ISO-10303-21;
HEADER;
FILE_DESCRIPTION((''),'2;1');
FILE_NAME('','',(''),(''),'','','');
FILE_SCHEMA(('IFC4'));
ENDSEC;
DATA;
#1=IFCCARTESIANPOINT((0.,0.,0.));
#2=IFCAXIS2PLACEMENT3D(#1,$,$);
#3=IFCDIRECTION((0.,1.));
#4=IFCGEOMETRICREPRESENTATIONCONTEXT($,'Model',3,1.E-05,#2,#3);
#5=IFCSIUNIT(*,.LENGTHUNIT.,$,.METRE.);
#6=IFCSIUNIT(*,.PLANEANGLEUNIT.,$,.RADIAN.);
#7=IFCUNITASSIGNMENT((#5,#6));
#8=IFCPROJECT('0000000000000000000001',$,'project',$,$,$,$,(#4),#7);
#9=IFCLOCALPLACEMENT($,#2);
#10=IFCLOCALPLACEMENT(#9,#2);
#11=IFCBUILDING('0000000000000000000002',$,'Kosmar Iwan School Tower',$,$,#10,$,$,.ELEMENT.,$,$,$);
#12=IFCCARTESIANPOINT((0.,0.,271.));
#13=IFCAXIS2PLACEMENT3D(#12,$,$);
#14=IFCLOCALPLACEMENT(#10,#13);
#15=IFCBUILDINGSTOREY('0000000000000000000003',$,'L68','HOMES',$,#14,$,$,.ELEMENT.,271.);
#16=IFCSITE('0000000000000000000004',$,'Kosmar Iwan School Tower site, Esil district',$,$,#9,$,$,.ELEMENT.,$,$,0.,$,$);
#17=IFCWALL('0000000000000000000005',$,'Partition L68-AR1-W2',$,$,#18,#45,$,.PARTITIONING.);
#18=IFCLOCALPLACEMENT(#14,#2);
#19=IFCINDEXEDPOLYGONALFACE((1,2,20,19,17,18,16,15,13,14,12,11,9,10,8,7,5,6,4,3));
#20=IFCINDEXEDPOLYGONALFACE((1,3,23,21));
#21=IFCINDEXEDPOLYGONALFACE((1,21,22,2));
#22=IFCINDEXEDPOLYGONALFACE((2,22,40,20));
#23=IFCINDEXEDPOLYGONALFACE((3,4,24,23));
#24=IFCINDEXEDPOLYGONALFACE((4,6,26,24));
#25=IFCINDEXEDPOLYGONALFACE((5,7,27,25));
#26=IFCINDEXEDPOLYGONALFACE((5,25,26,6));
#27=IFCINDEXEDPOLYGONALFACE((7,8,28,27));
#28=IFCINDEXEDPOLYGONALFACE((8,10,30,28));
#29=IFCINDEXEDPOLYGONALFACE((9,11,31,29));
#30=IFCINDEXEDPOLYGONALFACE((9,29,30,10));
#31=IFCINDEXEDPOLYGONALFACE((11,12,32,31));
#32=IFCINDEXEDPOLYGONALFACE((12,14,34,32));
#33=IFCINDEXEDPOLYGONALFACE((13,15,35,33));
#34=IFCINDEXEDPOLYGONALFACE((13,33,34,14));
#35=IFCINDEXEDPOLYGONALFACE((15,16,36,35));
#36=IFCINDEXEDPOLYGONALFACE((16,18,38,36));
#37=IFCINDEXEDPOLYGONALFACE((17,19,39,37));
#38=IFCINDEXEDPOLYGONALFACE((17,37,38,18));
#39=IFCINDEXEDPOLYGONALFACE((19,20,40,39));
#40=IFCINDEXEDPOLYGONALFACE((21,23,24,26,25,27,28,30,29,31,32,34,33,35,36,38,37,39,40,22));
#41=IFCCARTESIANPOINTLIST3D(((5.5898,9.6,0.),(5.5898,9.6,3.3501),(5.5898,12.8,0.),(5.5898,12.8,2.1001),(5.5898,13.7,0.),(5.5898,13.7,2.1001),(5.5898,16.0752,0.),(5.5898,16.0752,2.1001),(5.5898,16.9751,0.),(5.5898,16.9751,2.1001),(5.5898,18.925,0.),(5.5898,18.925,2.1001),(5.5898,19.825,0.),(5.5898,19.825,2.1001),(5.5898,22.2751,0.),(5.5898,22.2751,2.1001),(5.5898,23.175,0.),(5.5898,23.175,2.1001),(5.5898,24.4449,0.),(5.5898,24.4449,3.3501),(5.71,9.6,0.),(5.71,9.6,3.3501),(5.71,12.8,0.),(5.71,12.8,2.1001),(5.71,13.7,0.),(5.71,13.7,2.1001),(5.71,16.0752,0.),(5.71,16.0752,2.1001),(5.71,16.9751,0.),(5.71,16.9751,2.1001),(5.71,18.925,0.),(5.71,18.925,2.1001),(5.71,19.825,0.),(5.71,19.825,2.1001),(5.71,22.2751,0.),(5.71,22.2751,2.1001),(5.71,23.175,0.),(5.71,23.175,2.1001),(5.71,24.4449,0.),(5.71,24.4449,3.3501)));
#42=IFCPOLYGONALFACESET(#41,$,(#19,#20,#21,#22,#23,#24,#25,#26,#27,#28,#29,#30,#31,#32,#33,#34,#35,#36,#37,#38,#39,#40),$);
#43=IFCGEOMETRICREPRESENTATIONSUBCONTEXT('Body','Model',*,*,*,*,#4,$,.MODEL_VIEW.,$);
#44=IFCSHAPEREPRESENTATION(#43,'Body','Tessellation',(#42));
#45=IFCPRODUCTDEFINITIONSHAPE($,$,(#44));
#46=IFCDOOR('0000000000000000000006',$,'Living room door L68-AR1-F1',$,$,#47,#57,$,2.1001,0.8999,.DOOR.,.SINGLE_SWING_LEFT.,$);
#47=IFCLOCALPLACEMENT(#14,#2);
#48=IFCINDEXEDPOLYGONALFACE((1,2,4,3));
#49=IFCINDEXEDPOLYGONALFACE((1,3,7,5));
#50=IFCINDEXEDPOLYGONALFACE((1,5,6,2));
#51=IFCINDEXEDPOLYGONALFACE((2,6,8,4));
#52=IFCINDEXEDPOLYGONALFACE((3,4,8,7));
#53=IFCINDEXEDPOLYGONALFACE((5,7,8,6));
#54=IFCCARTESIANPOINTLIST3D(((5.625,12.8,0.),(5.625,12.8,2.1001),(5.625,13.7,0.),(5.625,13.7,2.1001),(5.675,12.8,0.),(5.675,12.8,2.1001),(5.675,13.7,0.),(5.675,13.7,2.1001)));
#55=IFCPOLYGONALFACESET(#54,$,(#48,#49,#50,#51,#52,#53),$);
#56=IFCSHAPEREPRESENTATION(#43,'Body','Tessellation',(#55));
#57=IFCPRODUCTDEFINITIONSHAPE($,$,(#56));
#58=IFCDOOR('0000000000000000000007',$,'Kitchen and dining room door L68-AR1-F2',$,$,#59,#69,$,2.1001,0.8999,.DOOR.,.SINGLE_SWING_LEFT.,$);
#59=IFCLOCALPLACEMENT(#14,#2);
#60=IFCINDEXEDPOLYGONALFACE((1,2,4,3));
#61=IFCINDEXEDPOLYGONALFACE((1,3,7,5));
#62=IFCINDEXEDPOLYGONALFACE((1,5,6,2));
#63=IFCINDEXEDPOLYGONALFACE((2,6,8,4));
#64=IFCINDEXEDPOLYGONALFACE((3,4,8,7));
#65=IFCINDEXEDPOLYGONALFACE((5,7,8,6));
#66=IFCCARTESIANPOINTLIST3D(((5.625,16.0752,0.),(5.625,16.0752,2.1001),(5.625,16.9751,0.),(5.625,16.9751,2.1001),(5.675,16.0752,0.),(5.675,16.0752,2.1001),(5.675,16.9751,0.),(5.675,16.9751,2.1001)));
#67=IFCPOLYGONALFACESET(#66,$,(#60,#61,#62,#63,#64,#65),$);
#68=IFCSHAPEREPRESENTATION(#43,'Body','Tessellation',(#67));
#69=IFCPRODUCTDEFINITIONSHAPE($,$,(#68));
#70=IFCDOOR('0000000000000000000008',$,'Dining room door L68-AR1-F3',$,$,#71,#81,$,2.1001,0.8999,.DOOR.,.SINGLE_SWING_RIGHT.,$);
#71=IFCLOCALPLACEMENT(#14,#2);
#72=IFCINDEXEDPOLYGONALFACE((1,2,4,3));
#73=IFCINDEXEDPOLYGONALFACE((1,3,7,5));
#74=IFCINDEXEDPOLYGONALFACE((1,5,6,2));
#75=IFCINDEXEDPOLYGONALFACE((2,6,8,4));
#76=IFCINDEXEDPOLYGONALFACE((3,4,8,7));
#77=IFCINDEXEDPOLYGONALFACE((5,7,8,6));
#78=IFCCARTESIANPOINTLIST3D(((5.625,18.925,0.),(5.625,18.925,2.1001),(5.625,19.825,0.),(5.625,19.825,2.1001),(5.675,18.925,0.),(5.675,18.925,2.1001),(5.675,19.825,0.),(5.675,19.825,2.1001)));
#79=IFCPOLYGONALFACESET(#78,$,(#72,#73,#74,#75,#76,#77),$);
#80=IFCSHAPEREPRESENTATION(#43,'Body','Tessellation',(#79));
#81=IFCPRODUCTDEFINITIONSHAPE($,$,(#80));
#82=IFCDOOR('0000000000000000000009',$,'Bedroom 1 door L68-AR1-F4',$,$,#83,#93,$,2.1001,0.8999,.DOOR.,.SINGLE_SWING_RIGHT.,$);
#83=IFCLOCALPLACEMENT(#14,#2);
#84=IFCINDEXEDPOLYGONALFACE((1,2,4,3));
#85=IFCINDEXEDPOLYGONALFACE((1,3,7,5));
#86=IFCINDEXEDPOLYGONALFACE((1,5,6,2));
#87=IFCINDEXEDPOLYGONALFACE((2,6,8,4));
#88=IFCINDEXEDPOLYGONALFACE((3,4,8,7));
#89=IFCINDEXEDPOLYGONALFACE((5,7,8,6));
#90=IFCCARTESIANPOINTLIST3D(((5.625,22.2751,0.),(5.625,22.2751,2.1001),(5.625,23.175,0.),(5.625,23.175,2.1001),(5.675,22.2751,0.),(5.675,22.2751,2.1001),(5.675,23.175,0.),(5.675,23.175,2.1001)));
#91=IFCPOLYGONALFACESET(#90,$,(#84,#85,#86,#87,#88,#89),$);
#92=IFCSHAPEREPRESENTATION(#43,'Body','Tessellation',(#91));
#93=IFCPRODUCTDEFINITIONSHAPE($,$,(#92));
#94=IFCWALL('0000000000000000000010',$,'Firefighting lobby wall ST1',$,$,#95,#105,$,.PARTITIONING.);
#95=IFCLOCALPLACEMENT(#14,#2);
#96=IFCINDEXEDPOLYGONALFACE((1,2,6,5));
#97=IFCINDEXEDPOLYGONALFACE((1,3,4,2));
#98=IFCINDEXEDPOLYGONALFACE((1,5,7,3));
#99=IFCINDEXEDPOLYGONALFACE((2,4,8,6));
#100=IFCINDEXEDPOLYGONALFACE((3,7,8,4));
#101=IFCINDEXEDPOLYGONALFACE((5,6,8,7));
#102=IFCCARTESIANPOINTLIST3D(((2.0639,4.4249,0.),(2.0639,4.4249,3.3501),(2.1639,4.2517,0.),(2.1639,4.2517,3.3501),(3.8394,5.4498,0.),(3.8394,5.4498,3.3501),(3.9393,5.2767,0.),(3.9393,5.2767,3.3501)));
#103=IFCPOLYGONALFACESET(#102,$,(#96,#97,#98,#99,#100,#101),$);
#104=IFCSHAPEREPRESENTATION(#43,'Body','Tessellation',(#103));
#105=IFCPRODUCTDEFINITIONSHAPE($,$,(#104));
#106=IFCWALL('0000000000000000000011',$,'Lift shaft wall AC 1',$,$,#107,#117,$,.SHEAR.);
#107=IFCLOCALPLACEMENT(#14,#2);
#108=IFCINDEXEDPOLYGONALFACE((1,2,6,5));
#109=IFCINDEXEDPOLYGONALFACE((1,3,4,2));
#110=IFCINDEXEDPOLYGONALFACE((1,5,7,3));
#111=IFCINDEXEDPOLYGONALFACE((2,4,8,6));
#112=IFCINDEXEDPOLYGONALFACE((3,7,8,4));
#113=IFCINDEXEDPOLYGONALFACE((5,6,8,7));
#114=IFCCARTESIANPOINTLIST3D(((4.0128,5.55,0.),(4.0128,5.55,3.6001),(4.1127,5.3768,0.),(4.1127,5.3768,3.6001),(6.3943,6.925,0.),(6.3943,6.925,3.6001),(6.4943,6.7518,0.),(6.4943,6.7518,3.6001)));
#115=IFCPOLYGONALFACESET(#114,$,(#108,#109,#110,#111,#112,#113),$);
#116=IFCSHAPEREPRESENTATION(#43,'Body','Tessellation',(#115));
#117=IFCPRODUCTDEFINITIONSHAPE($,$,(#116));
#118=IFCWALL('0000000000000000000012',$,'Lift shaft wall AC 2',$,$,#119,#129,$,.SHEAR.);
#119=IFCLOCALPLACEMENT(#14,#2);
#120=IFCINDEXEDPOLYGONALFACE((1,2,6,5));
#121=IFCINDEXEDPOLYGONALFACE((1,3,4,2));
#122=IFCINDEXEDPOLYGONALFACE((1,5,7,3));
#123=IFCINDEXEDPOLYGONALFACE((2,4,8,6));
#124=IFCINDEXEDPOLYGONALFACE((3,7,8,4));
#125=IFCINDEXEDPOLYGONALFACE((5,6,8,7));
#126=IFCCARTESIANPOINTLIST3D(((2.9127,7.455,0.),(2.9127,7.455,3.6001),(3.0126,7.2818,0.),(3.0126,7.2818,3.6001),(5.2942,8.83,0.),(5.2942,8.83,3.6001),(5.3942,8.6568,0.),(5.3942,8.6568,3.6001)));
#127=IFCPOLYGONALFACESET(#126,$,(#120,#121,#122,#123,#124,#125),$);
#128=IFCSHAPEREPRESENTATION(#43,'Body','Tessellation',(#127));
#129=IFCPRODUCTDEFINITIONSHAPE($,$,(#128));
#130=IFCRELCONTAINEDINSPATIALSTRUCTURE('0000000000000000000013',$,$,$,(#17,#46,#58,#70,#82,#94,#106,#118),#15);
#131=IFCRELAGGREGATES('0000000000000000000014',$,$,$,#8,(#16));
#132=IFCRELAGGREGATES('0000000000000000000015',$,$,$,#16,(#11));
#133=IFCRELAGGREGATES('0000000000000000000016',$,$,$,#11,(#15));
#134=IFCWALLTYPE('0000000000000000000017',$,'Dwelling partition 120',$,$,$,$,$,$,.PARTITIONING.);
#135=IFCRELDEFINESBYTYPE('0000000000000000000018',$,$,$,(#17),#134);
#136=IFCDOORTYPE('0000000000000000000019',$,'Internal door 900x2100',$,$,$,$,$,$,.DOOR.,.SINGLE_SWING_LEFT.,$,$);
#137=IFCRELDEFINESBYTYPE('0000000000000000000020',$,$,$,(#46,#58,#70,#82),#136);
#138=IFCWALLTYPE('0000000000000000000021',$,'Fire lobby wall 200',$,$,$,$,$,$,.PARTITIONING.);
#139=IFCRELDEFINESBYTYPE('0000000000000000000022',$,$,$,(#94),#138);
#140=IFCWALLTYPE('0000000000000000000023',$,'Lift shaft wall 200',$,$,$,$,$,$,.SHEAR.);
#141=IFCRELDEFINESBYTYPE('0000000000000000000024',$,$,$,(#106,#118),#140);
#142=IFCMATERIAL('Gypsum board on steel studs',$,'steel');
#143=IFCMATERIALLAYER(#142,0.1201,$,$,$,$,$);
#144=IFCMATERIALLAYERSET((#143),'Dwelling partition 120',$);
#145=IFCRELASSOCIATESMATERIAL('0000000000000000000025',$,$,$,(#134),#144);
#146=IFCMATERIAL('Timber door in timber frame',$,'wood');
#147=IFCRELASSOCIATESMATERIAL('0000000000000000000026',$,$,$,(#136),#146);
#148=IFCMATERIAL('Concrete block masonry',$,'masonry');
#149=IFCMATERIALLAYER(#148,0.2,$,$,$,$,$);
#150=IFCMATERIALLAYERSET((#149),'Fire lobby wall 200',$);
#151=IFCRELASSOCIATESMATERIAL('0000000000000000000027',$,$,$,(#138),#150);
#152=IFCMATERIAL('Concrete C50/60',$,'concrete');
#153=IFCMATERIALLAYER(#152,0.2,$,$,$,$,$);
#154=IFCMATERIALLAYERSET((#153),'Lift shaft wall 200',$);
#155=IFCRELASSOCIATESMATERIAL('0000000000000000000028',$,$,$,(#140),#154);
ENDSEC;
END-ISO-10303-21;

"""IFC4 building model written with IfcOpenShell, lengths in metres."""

from ifc_helpers import new_model, si_unit, direction, frame, frame_2d, origin, place, context, subcontext, project, spatial, rectangle, extrude, material, layer, layer_set, type_object, element, fill, save


model = new_model("IFC4")

# Units and contexts
model_context = context("Model", 3, precision=1e-05, world=origin(), true_north=direction((0.0, 1.0)))
body_context = subcontext(model_context, "Body", "Model", "MODEL_VIEW")
ifc_project = project(units=[si_unit("LENGTHUNIT", "METRE"), si_unit("PLANEANGLEUNIT", "RADIAN")], contexts=[model_context])

# Site, building, storey
site_placement = place(None, origin())
site = spatial("IfcSite", under=ifc_project, at=site_placement, Name="Kosmar Iwan School Tower site, Esil district", CompositionType="ELEMENT", RefElevation=0.0)
building_placement = place(site_placement, origin())
building = spatial("IfcBuilding", under=site, at=building_placement, Name="Kosmar Iwan School Tower", CompositionType="ELEMENT")
storey_placement = place(building_placement, frame((0.0, 0.0, 271.0)))
storey = spatial("IfcBuildingStorey", under=building, at=storey_placement, Name="L68", Description="HOMES", CompositionType="ELEMENT", Elevation=271.0)

# Wall, openings, doors
ifc_material_1 = material(Name="Gypsum board on steel studs", Category="steel")
ifc_layer_1 = layer(ifc_material_1, 0.1201)
ifc_layer_set_1 = layer_set([ifc_layer_1], Name="Dwelling partition 120")
wall_type_1 = type_object("IfcWallType", Name="Dwelling partition 120", PredefinedType="PARTITIONING", material=ifc_layer_set_1)
ifc_material_2 = material(Name="Timber door in timber frame", Category="wood")
door_type_1 = type_object("IfcDoorType", Name="Internal door 900x2100", OperationType="SINGLE_SWING_LEFT", PredefinedType="DOOR", material=ifc_material_2)
wall_1_placement = place(storey_placement, frame((5.6499, 9.6001, 0.0), z_axis=(0.0, 0.0, 1.0), x_axis=(0.0, 1.0, 0.0)))
wall_1 = element("IfcWall", 1, at=wall_1_placement, inside=storey, type_object=wall_type_1, Name="Partition L68-AR1-W2", PredefinedType="PARTITIONING", context=body_context, shape_type="SweptSolid", body=[
    extrude(rectangle(XDim=14.845, YDim=0.1201, at=frame_2d((7.4224, 0.0))), origin(), (0.0, 0.0, 1.0), 3.3501),
])
opening_1_placement = place(wall_1_placement, frame((3.2, 0.0, 0.0)))
opening_1 = element("IfcOpeningElement", 2, at=opening_1_placement, cuts=wall_1, PredefinedType="OPENING", context=body_context, shape_type="SweptSolid", body=[
    extrude(rectangle(XDim=0.8999, YDim=2.1001, at=frame_2d((0.45, 1.05))), frame((0.0, 0.072, 0.0), z_axis=(0.0, -1.0, 0.0), x_axis=(1.0, 0.0, 0.0)), (0.0, 0.0, 1.0), 0.144),
])
opening_2_placement = place(wall_1_placement, frame((6.4751, 0.0, 0.0)))
opening_2 = element("IfcOpeningElement", 3, at=opening_2_placement, cuts=wall_1, PredefinedType="OPENING", context=body_context, shape_type="SweptSolid", body=[
    extrude(rectangle(XDim=0.8999, YDim=2.1001, at=frame_2d((0.45, 1.05))), frame((0.0, 0.072, 0.0), z_axis=(0.0, -1.0, 0.0), x_axis=(1.0, 0.0, 0.0)), (0.0, 0.0, 1.0), 0.144),
])
opening_3_placement = place(wall_1_placement, frame((9.325, 0.0, 0.0)))
opening_3 = element("IfcOpeningElement", 4, at=opening_3_placement, cuts=wall_1, PredefinedType="OPENING", context=body_context, shape_type="SweptSolid", body=[
    extrude(rectangle(XDim=0.8999, YDim=2.1001, at=frame_2d((0.45, 1.05))), frame((0.0, 0.072, 0.0), z_axis=(0.0, -1.0, 0.0), x_axis=(1.0, 0.0, 0.0)), (0.0, 0.0, 1.0), 0.144),
])
opening_4_placement = place(wall_1_placement, frame((12.675, 0.0, 0.0)))
opening_4 = element("IfcOpeningElement", 5, at=opening_4_placement, cuts=wall_1, PredefinedType="OPENING", context=body_context, shape_type="SweptSolid", body=[
    extrude(rectangle(XDim=0.8999, YDim=2.1001, at=frame_2d((0.45, 1.05))), frame((0.0, 0.072, 0.0), z_axis=(0.0, -1.0, 0.0), x_axis=(1.0, 0.0, 0.0)), (0.0, 0.0, 1.0), 0.144),
])
door_1_placement = place(opening_1_placement, origin())
door_1 = element("IfcDoor", 6, at=door_1_placement, inside=storey, type_object=door_type_1, Name="Living room door L68-AR1-F1", OperationType="SINGLE_SWING_LEFT", OverallHeight=2.1001, OverallWidth=0.8999, PredefinedType="DOOR", context=body_context, shape_type="SweptSolid", body=[
    extrude(rectangle(XDim=0.8999, YDim=2.1001, at=frame_2d((0.45, 1.05))), frame((0.0, 0.0249, 0.0), z_axis=(0.0, -1.0, 0.0), x_axis=(1.0, 0.0, 0.0)), (0.0, 0.0, 1.0), 0.05),
])
fill(opening_1, door_1)
door_2_placement = place(opening_2_placement, origin())
door_2 = element("IfcDoor", 7, at=door_2_placement, inside=storey, type_object=door_type_1, Name="Kitchen and dining room door L68-AR1-F2", OperationType="SINGLE_SWING_LEFT", OverallHeight=2.1001, OverallWidth=0.8999, PredefinedType="DOOR", context=body_context, shape_type="SweptSolid", body=[
    extrude(rectangle(XDim=0.8999, YDim=2.1001, at=frame_2d((0.45, 1.05))), frame((0.0, 0.0249, 0.0), z_axis=(0.0, -1.0, 0.0), x_axis=(1.0, 0.0, 0.0)), (0.0, 0.0, 1.0), 0.05),
])
fill(opening_2, door_2)
door_3_placement = place(opening_3_placement, origin())
door_3 = element("IfcDoor", 8, at=door_3_placement, inside=storey, type_object=door_type_1, Name="Dining room door L68-AR1-F3", OperationType="SINGLE_SWING_RIGHT", OverallHeight=2.1001, OverallWidth=0.8999, PredefinedType="DOOR", context=body_context, shape_type="SweptSolid", body=[
    extrude(rectangle(XDim=0.8999, YDim=2.1001, at=frame_2d((0.45, 1.05))), frame((0.0, 0.0249, 0.0), z_axis=(0.0, -1.0, 0.0), x_axis=(1.0, 0.0, 0.0)), (0.0, 0.0, 1.0), 0.05),
])
fill(opening_3, door_3)
door_4_placement = place(opening_4_placement, origin())
door_4 = element("IfcDoor", 9, at=door_4_placement, inside=storey, type_object=door_type_1, Name="Bedroom 1 door L68-AR1-F4", OperationType="SINGLE_SWING_RIGHT", OverallHeight=2.1001, OverallWidth=0.8999, PredefinedType="DOOR", context=body_context, shape_type="SweptSolid", body=[
    extrude(rectangle(XDim=0.8999, YDim=2.1001, at=frame_2d((0.45, 1.05))), frame((0.0, 0.0249, 0.0), z_axis=(0.0, -1.0, 0.0), x_axis=(1.0, 0.0, 0.0)), (0.0, 0.0, 1.0), 0.05),
])
fill(opening_4, door_4)

# Walls
ifc_material_3 = material(Name="Concrete block masonry", Category="masonry")
ifc_layer_2 = layer(ifc_material_3, 0.2)
ifc_layer_set_2 = layer_set([ifc_layer_2], Name="Fire lobby wall 200")
wall_type_2 = type_object("IfcWallType", Name="Fire lobby wall 200", PredefinedType="PARTITIONING", material=ifc_layer_set_2)
wall_2_placement = place(storey_placement, frame((2.114, 4.3384, 0.0), z_axis=(0.0, 0.0, 1.0), x_axis=(0.866051, 0.499956, 0.0)))
element("IfcWall", 10, at=wall_2_placement, inside=storey, type_object=wall_type_2, Name="Firefighting lobby wall ST1", PredefinedType="PARTITIONING", context=body_context, shape_type="SweptSolid", body=[
    extrude(rectangle(XDim=2.05, YDim=0.2, at=frame_2d((1.0249, 0.0))), origin(), (0.0, 0.0, 1.0), 3.3501),
])
ifc_material_4 = material(Name="Concrete C50/60", Category="concrete")
ifc_layer_3 = layer(ifc_material_4, 0.2)
ifc_layer_set_3 = layer_set([ifc_layer_3], Name="Lift shaft wall 200")
wall_type_3 = type_object("IfcWallType", Name="Lift shaft wall 200", PredefinedType="SHEAR", material=ifc_layer_set_3)
for number, where, z_axis, x_axis, name in (
    (11, (4.0627, 5.4634, 0.0), (0.0, 0.0, 1.0), (0.866027, 0.499997, 0.0), "Lift shaft wall AC 1"),
    (12, (2.9626, 7.3684, 0.0), (0.0, 0.0, 1.0), (0.866027, 0.499997, 0.0), "Lift shaft wall AC 2"),
):
    element("IfcWall", number, at=place(storey_placement, frame(where, z_axis=z_axis, x_axis=x_axis)), inside=storey, type_object=wall_type_3, Name=name, PredefinedType="SHEAR", context=body_context, shape_type="SweptSolid", body=[
        extrude(rectangle(XDim=2.75, YDim=0.2, at=frame_2d((1.375, 0.0))), origin(), (0.0, 0.0, 1.0), 3.6001),
    ])

save(model, "model.ifc")
